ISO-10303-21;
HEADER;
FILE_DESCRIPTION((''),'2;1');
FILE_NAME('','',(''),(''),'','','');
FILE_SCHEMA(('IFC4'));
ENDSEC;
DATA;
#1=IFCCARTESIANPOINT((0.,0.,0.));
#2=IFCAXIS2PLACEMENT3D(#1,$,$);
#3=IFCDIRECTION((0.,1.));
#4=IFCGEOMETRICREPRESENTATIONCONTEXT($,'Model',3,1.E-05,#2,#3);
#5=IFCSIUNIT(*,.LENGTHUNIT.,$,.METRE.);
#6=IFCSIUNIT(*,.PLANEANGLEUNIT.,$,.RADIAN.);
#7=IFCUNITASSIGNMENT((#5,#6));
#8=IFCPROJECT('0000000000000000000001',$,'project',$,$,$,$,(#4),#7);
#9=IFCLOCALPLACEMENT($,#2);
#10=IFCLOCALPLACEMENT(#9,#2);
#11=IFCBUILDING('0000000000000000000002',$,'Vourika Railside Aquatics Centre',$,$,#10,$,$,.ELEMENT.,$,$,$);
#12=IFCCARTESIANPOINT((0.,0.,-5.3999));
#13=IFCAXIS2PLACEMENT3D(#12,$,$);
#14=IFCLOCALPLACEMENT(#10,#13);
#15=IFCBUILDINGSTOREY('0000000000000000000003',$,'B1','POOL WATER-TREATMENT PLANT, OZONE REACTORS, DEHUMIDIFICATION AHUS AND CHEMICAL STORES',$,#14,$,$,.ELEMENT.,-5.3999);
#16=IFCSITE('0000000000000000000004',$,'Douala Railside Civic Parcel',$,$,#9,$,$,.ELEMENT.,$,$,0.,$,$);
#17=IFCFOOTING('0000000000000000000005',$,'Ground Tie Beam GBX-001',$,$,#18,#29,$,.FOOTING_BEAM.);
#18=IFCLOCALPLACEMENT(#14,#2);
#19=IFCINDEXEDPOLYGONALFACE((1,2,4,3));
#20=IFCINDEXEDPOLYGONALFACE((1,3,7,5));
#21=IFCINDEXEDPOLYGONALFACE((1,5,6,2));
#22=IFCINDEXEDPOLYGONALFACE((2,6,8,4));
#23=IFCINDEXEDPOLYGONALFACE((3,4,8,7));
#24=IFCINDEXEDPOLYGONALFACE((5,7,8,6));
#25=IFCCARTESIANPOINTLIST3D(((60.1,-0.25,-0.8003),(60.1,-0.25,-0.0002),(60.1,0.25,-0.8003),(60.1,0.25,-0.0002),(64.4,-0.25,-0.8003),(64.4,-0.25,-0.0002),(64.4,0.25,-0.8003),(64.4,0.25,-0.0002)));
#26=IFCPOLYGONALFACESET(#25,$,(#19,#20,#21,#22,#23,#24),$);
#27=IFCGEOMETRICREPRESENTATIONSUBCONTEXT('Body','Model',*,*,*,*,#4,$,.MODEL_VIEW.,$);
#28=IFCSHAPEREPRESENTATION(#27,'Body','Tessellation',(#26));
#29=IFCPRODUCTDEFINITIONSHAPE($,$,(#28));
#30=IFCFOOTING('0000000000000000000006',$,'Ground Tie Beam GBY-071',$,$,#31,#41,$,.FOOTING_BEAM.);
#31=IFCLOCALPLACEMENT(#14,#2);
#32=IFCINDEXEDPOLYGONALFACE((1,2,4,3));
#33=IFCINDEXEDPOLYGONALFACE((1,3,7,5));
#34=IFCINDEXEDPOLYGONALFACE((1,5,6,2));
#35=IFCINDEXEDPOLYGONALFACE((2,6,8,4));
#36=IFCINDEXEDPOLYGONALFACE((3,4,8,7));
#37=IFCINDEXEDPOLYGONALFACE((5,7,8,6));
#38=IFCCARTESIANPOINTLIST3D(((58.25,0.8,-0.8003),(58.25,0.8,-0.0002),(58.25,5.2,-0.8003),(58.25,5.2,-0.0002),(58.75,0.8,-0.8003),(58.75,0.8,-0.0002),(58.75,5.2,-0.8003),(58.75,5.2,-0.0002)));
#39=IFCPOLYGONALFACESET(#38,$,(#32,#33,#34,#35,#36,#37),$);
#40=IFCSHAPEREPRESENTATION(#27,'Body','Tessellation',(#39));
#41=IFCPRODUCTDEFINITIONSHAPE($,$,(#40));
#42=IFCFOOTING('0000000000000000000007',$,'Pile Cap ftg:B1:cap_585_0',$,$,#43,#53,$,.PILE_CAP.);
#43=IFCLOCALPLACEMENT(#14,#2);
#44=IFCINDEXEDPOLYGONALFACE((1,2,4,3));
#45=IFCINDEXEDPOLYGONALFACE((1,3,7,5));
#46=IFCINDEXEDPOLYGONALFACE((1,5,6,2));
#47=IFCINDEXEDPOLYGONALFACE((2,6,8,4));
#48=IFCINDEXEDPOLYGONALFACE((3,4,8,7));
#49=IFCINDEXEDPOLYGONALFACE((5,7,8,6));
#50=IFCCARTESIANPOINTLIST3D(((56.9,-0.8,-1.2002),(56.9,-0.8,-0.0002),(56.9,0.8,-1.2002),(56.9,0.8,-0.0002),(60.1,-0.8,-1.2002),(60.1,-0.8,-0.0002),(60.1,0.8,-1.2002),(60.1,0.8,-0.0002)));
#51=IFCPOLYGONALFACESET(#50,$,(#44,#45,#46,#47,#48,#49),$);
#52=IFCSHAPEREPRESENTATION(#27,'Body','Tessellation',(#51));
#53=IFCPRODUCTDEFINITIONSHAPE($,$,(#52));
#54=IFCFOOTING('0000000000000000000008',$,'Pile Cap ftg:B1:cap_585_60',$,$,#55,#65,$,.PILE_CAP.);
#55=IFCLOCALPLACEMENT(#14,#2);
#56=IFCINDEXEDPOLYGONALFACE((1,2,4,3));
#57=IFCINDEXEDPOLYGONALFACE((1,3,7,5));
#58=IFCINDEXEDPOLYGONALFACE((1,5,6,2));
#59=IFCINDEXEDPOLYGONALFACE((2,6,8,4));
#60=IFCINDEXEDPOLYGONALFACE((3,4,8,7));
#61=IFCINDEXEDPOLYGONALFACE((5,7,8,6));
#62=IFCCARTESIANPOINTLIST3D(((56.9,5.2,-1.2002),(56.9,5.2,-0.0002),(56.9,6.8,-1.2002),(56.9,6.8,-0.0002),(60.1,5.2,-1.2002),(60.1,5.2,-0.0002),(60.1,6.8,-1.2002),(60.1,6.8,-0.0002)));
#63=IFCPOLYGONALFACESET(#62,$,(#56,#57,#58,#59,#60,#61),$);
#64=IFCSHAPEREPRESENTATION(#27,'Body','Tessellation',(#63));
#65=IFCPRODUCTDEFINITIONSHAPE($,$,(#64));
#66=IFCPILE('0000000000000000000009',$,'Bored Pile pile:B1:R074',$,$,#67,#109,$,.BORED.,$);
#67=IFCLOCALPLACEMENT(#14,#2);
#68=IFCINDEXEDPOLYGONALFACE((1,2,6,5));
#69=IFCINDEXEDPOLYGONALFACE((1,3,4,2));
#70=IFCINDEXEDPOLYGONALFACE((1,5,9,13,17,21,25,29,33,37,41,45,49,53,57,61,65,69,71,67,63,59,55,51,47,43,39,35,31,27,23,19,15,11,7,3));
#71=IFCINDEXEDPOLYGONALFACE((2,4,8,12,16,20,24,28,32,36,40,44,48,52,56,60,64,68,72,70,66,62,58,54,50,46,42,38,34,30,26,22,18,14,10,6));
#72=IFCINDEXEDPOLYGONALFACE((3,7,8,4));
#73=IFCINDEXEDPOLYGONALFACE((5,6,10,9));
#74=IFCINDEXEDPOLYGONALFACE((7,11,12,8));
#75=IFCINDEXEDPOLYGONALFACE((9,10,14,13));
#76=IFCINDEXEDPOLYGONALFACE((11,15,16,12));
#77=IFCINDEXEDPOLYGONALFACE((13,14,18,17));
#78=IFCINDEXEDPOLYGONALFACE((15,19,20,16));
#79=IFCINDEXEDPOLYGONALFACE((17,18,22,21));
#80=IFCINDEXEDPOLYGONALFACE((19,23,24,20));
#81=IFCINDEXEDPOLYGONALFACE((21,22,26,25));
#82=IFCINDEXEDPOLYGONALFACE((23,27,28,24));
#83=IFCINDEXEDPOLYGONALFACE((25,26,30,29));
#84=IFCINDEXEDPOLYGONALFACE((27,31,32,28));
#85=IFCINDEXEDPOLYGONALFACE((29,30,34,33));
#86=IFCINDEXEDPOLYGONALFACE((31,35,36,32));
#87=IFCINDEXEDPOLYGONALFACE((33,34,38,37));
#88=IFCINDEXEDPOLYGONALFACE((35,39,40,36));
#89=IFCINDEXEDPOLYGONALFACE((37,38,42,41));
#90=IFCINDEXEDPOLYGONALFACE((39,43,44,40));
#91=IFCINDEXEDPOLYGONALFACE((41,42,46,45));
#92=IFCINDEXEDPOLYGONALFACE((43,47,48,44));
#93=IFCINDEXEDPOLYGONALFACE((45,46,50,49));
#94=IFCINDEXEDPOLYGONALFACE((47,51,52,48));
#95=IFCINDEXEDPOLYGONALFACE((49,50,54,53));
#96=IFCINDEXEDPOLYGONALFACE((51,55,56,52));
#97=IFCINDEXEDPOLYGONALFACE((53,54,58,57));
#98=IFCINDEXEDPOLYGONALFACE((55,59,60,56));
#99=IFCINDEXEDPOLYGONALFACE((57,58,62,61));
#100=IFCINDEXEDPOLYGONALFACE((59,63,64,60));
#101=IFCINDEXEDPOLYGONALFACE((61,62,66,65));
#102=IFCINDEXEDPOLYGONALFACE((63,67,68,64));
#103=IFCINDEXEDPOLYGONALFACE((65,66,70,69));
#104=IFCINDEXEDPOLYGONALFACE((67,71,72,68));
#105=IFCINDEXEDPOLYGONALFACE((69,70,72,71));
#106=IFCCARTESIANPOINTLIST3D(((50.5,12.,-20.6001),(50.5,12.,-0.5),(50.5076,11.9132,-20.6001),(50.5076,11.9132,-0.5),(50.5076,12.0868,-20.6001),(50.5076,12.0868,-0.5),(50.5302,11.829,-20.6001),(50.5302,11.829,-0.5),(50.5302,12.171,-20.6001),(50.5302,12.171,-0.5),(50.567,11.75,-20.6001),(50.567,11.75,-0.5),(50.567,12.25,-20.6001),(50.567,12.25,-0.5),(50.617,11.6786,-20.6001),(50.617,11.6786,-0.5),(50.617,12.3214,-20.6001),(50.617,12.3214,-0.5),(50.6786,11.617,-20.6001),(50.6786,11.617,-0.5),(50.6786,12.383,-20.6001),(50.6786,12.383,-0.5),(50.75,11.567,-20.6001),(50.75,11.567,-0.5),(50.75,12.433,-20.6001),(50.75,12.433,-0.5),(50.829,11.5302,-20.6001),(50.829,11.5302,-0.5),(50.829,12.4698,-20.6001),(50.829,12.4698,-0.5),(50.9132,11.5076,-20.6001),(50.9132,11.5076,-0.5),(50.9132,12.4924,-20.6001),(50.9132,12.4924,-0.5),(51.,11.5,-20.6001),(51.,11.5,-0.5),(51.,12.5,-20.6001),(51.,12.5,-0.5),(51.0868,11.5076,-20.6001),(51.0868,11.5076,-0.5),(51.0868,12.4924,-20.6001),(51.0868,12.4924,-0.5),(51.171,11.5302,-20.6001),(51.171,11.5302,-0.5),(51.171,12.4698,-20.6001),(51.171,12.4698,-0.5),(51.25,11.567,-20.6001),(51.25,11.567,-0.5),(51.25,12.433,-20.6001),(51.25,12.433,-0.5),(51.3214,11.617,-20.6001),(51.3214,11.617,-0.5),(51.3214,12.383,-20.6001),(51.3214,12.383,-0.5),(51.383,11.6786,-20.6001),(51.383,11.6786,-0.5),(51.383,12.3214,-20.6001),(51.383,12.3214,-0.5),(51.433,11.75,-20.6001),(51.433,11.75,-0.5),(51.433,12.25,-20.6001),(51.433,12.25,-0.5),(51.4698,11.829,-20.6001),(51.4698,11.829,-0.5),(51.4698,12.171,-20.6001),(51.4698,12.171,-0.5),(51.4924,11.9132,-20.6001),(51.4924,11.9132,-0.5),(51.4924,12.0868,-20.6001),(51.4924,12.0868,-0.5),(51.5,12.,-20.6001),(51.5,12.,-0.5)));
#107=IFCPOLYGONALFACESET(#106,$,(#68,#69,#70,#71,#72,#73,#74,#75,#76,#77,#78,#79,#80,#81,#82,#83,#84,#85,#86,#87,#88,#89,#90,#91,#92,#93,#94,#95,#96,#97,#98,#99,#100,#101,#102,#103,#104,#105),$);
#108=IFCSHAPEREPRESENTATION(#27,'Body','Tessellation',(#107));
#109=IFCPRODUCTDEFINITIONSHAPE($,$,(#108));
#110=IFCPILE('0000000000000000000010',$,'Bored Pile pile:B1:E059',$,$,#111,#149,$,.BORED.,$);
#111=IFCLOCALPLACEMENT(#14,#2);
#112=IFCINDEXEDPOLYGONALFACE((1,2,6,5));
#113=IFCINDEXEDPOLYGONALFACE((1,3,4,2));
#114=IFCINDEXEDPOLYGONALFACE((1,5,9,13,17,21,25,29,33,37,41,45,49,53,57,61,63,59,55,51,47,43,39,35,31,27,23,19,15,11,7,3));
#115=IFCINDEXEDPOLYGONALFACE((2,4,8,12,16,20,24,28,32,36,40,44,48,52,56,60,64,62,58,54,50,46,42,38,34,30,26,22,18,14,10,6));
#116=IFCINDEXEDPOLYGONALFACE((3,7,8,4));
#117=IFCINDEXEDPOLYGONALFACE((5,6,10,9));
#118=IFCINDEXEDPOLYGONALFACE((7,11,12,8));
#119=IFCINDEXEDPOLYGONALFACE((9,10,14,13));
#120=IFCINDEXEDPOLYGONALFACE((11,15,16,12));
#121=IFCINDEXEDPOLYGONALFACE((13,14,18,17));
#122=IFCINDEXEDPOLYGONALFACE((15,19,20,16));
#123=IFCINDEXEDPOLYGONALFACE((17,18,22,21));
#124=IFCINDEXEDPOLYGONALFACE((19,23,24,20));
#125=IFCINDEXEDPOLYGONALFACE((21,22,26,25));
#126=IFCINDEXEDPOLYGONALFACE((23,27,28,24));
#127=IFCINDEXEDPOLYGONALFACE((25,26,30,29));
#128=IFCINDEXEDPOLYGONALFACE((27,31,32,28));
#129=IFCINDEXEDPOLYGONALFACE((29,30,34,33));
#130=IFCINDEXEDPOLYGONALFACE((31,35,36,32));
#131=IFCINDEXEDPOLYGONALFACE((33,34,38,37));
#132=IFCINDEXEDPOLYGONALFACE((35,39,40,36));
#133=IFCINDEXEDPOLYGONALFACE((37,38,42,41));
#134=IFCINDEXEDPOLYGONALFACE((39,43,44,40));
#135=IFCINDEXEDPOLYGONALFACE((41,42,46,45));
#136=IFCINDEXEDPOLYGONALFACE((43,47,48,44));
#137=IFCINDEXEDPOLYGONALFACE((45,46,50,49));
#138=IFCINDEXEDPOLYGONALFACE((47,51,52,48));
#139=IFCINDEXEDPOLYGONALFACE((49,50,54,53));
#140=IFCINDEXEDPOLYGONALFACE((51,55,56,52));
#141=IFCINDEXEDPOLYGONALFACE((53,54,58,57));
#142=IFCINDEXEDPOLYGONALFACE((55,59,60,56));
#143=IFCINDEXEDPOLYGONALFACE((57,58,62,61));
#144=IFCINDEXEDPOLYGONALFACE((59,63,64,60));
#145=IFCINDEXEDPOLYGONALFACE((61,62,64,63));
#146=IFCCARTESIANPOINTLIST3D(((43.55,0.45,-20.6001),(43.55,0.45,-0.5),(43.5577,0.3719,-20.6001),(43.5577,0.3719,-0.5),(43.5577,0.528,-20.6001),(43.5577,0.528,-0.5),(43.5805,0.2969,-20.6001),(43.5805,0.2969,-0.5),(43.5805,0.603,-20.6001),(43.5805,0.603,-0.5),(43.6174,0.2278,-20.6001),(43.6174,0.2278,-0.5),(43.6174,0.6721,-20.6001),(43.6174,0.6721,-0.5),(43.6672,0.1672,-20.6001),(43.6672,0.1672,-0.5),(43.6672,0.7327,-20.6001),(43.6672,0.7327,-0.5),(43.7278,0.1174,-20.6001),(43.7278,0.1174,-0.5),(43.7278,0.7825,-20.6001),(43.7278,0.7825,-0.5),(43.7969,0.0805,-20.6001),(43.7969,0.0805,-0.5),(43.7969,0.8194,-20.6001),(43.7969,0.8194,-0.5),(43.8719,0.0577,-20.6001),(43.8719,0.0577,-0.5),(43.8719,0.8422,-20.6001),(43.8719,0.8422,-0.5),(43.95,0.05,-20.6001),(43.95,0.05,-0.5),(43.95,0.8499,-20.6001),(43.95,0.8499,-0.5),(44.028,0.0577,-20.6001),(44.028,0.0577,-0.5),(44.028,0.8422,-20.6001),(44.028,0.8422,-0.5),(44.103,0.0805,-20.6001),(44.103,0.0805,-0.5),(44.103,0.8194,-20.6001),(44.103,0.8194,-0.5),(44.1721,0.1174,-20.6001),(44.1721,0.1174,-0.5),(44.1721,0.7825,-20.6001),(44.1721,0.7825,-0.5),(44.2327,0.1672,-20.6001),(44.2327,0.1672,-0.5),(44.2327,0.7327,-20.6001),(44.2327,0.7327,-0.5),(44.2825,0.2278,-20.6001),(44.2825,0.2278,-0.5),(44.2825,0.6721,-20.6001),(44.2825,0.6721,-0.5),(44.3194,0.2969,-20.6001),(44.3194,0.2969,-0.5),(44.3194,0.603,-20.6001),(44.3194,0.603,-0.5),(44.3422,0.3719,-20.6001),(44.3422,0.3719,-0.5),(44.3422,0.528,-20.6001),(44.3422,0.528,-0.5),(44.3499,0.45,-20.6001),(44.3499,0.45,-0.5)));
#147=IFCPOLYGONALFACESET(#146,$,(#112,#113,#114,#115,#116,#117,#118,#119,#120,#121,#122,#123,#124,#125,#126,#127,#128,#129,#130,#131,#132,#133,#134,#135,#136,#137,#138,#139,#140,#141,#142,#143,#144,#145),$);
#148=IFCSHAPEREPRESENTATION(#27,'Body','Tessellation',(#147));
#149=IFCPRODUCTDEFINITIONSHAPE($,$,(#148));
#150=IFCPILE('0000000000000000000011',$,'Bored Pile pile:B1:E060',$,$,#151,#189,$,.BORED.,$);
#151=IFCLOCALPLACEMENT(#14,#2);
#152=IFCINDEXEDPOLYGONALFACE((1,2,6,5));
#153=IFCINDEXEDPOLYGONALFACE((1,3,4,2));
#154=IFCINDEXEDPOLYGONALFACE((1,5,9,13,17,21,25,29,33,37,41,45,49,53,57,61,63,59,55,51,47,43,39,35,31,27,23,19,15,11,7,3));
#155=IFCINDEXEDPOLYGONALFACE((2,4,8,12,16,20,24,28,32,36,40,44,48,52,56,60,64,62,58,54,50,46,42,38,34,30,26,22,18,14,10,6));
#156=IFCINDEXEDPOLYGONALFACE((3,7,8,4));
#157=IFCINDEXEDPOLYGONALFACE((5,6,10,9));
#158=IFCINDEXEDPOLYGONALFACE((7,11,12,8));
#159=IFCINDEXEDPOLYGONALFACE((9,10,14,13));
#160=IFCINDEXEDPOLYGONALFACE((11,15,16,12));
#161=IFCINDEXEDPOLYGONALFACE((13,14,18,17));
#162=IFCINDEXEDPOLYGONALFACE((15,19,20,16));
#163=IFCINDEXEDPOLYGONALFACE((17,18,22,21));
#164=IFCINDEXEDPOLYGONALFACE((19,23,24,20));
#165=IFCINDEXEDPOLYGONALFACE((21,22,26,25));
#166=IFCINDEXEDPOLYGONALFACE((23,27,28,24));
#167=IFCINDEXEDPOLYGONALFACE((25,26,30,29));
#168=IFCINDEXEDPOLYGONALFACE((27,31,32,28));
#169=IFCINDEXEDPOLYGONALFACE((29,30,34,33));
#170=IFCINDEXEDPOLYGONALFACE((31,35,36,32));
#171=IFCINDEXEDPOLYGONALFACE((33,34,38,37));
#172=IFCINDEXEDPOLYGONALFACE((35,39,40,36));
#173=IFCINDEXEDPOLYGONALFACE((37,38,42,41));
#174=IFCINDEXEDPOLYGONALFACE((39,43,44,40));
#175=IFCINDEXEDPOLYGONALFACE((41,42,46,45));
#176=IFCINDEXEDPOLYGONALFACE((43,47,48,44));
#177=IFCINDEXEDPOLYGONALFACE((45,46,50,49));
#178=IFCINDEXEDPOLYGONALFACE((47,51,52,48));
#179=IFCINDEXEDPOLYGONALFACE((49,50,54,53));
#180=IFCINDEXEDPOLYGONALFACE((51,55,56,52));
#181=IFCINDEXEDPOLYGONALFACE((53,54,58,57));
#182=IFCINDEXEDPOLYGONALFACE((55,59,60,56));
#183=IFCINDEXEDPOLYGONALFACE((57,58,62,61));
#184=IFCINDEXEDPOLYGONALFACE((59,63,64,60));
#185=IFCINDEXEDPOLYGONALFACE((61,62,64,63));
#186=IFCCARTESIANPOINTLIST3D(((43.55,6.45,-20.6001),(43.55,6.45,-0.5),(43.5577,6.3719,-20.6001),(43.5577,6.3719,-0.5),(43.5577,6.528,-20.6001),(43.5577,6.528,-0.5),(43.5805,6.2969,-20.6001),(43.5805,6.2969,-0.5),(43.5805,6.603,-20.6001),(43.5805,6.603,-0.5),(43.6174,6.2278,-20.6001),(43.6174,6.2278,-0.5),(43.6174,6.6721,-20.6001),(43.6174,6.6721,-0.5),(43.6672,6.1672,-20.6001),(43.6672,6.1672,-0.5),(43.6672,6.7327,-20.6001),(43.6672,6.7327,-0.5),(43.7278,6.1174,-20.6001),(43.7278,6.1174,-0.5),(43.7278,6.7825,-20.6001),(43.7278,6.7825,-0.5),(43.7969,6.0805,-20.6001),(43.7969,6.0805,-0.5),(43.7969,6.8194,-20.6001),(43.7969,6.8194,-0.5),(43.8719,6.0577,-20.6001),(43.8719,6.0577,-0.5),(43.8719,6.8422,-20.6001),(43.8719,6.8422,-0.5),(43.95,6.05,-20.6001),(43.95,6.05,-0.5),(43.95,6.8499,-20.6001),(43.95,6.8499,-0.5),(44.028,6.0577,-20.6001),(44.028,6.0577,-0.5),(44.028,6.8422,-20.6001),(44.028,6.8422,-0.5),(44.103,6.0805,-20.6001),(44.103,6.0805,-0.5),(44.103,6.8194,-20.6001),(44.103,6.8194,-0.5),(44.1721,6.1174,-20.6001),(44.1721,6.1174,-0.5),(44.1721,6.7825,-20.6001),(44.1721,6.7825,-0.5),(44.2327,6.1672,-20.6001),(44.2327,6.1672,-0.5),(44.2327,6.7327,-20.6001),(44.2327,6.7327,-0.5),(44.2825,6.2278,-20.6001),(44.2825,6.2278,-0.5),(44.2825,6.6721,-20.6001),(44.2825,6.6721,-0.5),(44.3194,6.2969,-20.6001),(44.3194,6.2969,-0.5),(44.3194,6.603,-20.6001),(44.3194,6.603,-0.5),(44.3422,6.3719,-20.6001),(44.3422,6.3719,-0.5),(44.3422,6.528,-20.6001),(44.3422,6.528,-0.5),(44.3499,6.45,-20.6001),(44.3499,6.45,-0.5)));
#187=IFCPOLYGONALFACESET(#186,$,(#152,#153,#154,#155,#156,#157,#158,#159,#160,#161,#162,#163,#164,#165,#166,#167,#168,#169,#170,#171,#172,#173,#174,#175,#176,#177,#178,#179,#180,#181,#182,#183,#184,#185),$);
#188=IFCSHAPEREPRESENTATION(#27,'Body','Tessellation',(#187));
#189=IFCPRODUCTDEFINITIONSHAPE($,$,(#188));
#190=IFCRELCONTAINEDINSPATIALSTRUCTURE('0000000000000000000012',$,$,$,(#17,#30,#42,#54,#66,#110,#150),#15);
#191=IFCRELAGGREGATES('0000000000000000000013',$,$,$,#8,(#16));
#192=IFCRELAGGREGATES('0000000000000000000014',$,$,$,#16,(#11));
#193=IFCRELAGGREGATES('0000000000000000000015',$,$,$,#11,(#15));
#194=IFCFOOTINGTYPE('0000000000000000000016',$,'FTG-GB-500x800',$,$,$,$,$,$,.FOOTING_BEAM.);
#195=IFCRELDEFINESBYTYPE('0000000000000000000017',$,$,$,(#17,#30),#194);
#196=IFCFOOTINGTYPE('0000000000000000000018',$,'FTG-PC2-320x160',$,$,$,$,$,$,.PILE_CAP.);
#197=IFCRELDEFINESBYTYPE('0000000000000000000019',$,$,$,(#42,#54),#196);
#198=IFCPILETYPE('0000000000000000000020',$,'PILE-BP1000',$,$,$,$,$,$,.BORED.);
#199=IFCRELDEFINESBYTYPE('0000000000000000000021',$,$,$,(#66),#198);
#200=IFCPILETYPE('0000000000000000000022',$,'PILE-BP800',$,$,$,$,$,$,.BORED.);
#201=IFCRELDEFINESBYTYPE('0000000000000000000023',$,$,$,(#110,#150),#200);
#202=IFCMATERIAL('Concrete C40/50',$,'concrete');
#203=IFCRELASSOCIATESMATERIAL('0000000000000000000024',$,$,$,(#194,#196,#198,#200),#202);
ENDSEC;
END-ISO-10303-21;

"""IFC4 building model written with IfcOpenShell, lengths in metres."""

from ifc_helpers import new_model, si_unit, direction, frame, origin, origin_2d, place, context, subcontext, project, spatial, rectangle, circle, extrude, material, material_profile, profile_set, type_object, element, save


model = new_model("IFC4")

# Units and contexts
model_context = context("Model", 3, precision=1e-05, world=origin(), true_north=direction((0.0, 1.0)))
body_context = subcontext(model_context, "Body", "Model", "MODEL_VIEW")
ifc_project = project(units=[si_unit("LENGTHUNIT", "METRE"), si_unit("PLANEANGLEUNIT", "RADIAN")], contexts=[model_context])

# Site, building, storey
site_placement = place(None, origin())
site = spatial("IfcSite", under=ifc_project, at=site_placement, Name="Douala Railside Civic Parcel", CompositionType="ELEMENT", RefElevation=0.0)
building_placement = place(site_placement, origin())
building = spatial("IfcBuilding", under=site, at=building_placement, Name="Vourika Railside Aquatics Centre", CompositionType="ELEMENT")
storey_placement = place(building_placement, frame((0.0, 0.0, -5.3999)))
storey = spatial("IfcBuildingStorey", under=building, at=storey_placement, Name="B1", Description="POOL WATER-TREATMENT PLANT, OZONE REACTORS, DEHUMIDIFICATION AHUS AND CHEMICAL STORES", CompositionType="ELEMENT", Elevation=-5.3999)

# Footings
ifc_material_1 = material(Name="Concrete C40/50", Category="concrete")
footing_type_1 = type_object("IfcFootingType", Name="FTG-GB-500x800", PredefinedType="FOOTING_BEAM", material=ifc_material_1)
footing_1_placement = place(storey_placement, frame((62.25, 0.0, -0.8003), z_axis=(0.0, 0.0, 1.0), x_axis=(1.0, 0.0, 0.0)))
element("IfcFooting", 1, at=footing_1_placement, inside=storey, type_object=footing_type_1, Name="Ground Tie Beam GBX-001", PredefinedType="FOOTING_BEAM", context=body_context, shape_type="SweptSolid", body=[
    extrude(rectangle(XDim=4.3, YDim=0.5, at=origin_2d()), origin(), (0.0, 0.0, 1.0), 0.8),
])
footing_2_placement = place(storey_placement, frame((58.5, 3.0, -0.8003), z_axis=(0.0, 0.0, 1.0), x_axis=(0.0, 1.0, 0.0)))
element("IfcFooting", 2, at=footing_2_placement, inside=storey, type_object=footing_type_1, Name="Ground Tie Beam GBY-071", PredefinedType="FOOTING_BEAM", context=body_context, shape_type="SweptSolid", body=[
    extrude(rectangle(XDim=4.3999, YDim=0.5, at=origin_2d()), origin(), (0.0, 0.0, 1.0), 0.8),
])
footing_type_2 = type_object("IfcFootingType", Name="FTG-PC2-320x160", PredefinedType="PILE_CAP", material=ifc_material_1)
for number, where, z_axis, x_axis, name in (
    (3, (58.5, 0.0, -1.2002), (0.0, 0.0, 1.0), (1.0, 0.0, 0.0), "Pile Cap ftg:B1:cap_585_0"),
    (4, (58.5, 6.0, -1.2002), (0.0, 0.0, 1.0), (1.0, 0.0, 0.0), "Pile Cap ftg:B1:cap_585_60"),
):
    element("IfcFooting", number, at=place(storey_placement, frame(where, z_axis=z_axis, x_axis=x_axis)), inside=storey, type_object=footing_type_2, Name=name, PredefinedType="PILE_CAP", context=body_context, shape_type="SweptSolid", body=[
        extrude(rectangle(XDim=3.2, YDim=1.6001, at=origin_2d()), origin(), (0.0, 0.0, 1.0), 1.2),
    ])

# Piles
ifc_material_profile_1 = material_profile(ifc_material_1, circle(Radius=0.5, at=origin_2d()), Name="BP 1000")
ifc_profile_set_1 = profile_set([ifc_material_profile_1], Name="Concrete C40/50")
pile_type_1 = type_object("IfcPileType", Name="PILE-BP1000", PredefinedType="BORED", material=ifc_profile_set_1)
pile_1_placement = place(storey_placement, frame((51.0, 12.0, -0.5), z_axis=(0.0, 0.0, -1.0), x_axis=(1.0, 0.0, 0.0)))
element("IfcPile", 5, at=pile_1_placement, inside=storey, type_object=pile_type_1, Name="Bored Pile pile:B1:R074", PredefinedType="BORED", context=body_context, shape_type="SweptSolid", body=[
    extrude(circle(Radius=0.5, at=origin_2d()), origin(), (0.0, 0.0, 1.0), 20.1001),
])
ifc_material_profile_2 = material_profile(ifc_material_1, circle(Radius=0.3999, at=origin_2d()), Name="BP 800")
ifc_profile_set_2 = profile_set([ifc_material_profile_2], Name="Concrete C40/50")
pile_type_2 = type_object("IfcPileType", Name="PILE-BP800", PredefinedType="BORED", material=ifc_profile_set_2)
for number, where, z_axis, x_axis, name in (
    (6, (43.95, 0.45, -0.5), (0.0, 0.0, -1.0), (1.0, 0.0, 0.0), "Bored Pile pile:B1:E059"),
    (7, (43.95, 6.45, -0.5), (0.0, 0.0, -1.0), (1.0, 0.0, 0.0), "Bored Pile pile:B1:E060"),
):
    element("IfcPile", number, at=place(storey_placement, frame(where, z_axis=z_axis, x_axis=x_axis)), inside=storey, type_object=pile_type_2, Name=name, PredefinedType="BORED", context=body_context, shape_type="SweptSolid", body=[
        extrude(circle(Radius=0.3999, at=origin_2d()), origin(), (0.0, 0.0, 1.0), 20.1001),
    ])

save(model, "model.ifc")
